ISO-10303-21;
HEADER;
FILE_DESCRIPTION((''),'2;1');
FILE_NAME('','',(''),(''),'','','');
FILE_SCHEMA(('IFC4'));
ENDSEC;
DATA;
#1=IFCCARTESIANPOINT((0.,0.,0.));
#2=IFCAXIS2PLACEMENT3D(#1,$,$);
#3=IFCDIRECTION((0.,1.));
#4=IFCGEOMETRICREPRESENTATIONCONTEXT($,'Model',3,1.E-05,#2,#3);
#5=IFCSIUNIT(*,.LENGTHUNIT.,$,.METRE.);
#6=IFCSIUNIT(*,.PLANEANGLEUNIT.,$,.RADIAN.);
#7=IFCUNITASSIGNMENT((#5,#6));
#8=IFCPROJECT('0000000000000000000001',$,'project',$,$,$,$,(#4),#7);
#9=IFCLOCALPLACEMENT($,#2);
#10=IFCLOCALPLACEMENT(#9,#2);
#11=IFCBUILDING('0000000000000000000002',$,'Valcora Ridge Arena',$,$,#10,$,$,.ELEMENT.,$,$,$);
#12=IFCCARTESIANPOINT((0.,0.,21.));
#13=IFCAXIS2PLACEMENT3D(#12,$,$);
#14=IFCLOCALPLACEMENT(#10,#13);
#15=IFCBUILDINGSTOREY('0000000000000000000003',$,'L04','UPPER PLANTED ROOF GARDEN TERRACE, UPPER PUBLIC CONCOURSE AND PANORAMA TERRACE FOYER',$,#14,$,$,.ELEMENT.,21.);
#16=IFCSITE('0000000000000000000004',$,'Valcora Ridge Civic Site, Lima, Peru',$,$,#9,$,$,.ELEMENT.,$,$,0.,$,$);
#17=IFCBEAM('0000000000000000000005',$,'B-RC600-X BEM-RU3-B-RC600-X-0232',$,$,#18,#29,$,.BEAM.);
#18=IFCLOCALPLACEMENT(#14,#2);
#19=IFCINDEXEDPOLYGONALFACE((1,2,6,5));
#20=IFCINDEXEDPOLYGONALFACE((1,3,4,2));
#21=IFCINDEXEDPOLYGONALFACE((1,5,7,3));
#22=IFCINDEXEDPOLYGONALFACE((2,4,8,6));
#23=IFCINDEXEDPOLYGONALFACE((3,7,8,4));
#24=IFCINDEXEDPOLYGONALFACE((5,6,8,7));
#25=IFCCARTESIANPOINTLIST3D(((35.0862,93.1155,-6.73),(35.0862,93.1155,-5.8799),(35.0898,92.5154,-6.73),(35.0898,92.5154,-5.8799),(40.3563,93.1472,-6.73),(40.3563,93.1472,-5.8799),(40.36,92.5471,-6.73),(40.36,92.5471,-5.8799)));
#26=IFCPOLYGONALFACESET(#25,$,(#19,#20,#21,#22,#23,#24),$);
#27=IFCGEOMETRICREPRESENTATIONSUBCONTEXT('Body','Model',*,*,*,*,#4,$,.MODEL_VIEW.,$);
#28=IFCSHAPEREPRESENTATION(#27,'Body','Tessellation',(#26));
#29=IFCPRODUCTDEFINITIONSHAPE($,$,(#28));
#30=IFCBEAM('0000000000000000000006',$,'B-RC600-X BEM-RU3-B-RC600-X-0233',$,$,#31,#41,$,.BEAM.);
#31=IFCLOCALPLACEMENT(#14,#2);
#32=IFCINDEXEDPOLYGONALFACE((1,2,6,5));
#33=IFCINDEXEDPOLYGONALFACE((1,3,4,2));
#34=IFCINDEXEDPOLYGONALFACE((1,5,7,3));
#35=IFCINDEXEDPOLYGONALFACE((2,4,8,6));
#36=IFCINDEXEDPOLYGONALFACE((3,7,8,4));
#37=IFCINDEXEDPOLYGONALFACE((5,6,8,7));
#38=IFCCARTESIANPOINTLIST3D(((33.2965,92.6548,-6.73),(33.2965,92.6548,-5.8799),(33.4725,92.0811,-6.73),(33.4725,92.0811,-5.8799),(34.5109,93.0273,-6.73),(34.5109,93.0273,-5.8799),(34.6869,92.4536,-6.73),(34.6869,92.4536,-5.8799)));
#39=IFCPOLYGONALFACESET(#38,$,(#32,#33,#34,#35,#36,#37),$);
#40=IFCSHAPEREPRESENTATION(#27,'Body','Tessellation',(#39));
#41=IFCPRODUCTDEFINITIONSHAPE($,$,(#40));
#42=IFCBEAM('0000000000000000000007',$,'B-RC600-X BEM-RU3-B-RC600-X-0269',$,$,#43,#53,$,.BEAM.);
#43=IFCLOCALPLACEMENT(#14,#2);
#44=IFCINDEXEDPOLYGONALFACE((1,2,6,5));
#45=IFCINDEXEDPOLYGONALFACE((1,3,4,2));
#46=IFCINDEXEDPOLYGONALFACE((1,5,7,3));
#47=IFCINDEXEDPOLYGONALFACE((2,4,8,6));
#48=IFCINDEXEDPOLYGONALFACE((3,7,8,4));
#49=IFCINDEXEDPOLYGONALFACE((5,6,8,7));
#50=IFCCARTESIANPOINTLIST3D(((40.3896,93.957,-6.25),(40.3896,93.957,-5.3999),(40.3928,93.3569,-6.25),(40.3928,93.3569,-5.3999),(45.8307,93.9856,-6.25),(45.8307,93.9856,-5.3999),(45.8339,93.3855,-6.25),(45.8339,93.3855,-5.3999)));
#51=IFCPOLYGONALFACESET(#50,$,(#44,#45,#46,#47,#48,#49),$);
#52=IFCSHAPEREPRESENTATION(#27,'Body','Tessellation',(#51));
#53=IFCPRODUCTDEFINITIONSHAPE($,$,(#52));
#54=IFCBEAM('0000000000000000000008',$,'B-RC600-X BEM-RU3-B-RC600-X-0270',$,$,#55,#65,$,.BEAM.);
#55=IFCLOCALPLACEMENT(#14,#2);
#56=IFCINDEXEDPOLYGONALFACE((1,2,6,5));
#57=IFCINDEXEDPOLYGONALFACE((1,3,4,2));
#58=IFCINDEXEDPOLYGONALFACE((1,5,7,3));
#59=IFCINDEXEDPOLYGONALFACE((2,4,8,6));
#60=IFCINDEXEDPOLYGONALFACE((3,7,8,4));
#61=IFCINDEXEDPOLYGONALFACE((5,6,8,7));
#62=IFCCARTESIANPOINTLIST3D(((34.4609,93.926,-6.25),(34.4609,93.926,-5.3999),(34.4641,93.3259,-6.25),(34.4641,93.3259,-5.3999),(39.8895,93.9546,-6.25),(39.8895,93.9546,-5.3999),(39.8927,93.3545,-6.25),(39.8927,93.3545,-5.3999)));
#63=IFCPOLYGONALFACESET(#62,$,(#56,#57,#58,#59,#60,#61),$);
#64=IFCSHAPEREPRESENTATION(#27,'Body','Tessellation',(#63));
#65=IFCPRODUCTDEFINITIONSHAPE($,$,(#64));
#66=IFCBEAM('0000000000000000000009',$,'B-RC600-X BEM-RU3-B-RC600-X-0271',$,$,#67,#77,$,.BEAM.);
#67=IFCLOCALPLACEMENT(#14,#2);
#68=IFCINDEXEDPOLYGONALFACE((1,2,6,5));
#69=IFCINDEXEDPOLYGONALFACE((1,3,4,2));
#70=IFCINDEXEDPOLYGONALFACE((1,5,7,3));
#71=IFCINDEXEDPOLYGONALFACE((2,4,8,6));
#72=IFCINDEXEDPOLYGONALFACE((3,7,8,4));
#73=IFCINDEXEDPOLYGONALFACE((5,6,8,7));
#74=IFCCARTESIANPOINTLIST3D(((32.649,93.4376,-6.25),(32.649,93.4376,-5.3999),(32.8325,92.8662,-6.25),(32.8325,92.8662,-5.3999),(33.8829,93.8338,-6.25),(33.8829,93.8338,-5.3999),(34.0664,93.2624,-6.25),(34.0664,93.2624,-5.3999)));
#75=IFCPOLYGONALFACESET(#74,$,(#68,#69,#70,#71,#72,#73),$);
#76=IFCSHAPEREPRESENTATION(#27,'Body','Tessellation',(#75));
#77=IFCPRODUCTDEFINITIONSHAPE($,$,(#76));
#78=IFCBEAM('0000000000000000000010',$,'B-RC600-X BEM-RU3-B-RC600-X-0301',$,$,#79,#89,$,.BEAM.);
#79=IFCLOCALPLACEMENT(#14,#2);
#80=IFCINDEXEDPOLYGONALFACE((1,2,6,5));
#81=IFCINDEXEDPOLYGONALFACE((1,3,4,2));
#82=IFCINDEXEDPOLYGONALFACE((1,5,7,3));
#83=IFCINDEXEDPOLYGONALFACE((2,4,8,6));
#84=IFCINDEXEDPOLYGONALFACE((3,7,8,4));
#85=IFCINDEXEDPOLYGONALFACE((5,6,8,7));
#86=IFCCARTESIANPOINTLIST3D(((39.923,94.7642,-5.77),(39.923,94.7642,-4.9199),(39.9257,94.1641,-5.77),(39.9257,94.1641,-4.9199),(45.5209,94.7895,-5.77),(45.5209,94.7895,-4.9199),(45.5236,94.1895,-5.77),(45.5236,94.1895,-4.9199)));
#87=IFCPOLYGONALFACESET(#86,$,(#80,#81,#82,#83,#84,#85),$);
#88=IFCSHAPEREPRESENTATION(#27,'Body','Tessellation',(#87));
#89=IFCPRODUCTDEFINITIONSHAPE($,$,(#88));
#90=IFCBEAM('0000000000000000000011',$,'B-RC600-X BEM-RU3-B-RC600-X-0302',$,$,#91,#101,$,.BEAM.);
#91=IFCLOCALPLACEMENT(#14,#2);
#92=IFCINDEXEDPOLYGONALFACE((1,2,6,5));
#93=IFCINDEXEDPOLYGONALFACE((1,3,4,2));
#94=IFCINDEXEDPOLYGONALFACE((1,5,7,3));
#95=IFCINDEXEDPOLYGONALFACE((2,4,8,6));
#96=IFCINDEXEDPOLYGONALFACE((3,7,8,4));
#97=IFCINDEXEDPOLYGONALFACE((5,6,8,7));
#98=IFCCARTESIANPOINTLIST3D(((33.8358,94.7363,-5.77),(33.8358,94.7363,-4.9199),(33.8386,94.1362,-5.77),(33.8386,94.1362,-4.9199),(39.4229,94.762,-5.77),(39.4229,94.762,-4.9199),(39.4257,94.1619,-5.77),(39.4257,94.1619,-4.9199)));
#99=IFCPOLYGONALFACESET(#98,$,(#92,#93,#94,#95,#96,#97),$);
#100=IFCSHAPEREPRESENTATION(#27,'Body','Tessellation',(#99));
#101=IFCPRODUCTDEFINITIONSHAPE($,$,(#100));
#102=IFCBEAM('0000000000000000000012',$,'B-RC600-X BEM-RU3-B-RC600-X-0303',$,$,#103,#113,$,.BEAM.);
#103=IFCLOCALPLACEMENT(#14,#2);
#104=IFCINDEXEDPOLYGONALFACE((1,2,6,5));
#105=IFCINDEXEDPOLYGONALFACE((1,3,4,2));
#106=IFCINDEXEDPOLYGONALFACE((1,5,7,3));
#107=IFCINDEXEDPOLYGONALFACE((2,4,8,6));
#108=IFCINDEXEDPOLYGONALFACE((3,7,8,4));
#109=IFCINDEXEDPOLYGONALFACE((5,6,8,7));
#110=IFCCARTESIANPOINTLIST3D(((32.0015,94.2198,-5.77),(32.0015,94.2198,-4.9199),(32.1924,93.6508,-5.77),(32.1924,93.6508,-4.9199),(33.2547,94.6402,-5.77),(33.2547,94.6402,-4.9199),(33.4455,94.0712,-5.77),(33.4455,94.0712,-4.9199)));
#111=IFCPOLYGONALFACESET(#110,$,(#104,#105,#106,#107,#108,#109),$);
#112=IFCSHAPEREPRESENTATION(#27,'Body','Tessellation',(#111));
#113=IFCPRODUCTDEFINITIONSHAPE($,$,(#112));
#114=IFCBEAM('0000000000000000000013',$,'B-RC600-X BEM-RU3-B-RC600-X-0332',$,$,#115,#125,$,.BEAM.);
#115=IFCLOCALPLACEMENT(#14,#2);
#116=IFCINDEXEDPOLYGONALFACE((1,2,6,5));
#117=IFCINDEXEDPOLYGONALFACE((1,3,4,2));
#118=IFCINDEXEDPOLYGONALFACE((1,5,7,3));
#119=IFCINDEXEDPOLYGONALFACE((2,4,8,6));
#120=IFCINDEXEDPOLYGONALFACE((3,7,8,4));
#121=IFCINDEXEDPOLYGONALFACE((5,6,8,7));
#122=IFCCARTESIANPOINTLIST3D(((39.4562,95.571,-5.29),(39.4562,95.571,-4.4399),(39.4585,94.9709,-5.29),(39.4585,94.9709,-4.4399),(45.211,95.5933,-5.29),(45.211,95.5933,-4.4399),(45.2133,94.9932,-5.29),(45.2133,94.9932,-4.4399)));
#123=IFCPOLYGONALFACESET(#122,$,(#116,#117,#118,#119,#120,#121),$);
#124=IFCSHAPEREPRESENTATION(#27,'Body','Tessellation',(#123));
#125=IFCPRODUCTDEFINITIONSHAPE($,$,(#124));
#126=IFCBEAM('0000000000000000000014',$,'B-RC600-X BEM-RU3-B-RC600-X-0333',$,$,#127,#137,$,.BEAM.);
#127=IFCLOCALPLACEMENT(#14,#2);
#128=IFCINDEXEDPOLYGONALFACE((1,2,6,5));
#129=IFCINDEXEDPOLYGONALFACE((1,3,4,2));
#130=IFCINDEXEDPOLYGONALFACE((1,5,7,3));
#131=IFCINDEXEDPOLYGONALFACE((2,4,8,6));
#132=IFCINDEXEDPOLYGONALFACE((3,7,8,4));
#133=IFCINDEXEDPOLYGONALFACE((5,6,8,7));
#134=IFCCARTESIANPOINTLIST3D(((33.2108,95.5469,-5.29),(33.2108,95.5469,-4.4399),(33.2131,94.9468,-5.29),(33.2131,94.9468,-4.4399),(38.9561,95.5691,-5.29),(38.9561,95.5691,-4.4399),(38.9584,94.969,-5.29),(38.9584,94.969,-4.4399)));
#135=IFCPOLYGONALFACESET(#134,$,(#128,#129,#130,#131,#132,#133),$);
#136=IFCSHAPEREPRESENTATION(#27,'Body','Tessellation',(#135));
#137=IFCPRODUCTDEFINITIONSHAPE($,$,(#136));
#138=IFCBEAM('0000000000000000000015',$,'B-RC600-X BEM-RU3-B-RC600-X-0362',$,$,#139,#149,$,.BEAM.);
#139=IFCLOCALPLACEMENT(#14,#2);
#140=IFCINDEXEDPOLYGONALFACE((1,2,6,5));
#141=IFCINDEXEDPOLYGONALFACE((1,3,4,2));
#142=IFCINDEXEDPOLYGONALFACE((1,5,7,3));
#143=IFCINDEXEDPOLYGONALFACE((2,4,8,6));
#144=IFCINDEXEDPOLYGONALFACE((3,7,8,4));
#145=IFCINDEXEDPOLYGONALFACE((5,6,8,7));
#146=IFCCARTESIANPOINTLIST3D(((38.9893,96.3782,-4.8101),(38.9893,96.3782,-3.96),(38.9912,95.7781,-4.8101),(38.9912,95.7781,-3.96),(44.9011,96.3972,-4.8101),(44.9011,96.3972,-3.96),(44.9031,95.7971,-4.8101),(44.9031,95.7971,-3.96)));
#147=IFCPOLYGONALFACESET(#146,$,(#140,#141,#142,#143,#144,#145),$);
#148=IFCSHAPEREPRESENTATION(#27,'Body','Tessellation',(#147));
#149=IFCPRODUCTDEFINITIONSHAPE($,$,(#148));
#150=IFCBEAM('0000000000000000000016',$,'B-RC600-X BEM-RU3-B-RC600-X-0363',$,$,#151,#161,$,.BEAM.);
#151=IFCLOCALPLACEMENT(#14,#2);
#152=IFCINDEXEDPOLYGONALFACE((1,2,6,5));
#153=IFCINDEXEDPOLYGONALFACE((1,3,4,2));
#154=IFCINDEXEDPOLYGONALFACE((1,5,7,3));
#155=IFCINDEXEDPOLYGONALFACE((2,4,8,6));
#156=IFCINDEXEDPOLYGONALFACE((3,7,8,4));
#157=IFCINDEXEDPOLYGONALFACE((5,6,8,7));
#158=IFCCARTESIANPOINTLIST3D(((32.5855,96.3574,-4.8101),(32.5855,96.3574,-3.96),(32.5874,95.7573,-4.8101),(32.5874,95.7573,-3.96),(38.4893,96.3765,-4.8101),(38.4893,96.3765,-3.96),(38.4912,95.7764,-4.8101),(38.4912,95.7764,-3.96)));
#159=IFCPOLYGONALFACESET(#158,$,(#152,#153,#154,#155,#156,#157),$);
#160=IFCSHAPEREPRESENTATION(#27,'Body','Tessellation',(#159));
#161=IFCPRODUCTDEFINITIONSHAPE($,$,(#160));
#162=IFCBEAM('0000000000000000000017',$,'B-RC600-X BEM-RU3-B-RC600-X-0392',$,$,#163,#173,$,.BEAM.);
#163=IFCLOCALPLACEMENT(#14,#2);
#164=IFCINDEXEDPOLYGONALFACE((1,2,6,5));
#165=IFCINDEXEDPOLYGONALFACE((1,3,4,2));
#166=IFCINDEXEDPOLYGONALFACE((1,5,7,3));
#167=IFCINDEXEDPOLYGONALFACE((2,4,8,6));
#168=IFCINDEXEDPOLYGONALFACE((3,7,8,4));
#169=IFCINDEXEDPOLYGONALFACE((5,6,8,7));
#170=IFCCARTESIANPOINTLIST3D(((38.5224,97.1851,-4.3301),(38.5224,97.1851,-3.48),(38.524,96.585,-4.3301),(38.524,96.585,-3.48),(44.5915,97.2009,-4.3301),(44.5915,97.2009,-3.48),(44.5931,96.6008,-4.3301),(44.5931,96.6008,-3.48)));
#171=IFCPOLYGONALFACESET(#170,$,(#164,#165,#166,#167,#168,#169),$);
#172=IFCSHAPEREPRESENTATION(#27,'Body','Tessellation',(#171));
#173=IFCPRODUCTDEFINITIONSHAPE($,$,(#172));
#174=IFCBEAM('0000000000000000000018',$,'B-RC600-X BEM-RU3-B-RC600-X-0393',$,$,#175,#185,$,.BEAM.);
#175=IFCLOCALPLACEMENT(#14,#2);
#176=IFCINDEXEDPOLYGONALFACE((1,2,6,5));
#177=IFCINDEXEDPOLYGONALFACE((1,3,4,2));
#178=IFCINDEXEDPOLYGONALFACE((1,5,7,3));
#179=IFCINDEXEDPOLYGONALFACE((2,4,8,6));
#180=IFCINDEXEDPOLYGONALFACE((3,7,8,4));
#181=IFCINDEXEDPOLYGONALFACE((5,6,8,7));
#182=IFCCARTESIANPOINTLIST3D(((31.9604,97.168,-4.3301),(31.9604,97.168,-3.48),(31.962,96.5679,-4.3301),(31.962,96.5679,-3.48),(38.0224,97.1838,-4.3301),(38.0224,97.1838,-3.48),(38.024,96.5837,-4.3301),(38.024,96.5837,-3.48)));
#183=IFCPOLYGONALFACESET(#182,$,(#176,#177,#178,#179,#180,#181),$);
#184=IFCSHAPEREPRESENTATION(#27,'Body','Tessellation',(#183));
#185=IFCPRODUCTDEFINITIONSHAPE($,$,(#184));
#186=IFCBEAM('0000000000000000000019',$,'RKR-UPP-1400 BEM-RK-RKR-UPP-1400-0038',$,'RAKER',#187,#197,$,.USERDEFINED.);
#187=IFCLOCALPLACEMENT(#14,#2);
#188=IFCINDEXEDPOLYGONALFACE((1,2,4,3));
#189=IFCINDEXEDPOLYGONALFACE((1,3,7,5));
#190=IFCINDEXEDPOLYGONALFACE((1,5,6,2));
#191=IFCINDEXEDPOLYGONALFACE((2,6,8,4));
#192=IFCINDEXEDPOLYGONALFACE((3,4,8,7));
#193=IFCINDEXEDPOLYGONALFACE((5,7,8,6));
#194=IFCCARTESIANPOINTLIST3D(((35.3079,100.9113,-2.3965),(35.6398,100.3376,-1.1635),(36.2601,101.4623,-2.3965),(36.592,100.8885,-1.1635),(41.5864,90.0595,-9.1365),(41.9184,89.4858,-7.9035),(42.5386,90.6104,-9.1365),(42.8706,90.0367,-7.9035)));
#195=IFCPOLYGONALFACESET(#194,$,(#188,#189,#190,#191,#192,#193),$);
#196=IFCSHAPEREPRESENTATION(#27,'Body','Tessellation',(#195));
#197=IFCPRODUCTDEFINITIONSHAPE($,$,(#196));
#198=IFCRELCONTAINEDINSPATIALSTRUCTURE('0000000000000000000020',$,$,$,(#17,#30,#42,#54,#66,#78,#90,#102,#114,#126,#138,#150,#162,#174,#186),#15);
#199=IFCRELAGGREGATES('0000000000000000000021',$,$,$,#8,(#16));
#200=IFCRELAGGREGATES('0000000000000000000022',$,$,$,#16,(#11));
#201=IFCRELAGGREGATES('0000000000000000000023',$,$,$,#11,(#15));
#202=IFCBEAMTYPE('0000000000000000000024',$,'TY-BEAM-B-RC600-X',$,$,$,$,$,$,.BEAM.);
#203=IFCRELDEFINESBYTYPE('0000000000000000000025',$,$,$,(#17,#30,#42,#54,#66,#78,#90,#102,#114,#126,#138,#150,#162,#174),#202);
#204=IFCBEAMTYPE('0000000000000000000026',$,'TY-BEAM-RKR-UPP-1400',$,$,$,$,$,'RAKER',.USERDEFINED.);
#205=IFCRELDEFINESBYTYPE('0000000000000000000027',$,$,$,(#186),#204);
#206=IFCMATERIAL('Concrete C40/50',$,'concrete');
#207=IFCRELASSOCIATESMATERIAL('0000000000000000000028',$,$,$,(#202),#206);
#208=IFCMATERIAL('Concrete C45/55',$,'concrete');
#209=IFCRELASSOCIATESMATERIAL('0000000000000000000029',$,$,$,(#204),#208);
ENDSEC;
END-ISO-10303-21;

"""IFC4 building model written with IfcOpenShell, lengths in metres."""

from ifc_helpers import new_model, si_unit, direction, frame, origin, origin_2d, place, context, subcontext, project, spatial, rectangle, extrude, material, material_profile, profile_set, type_object, element, save


model = new_model("IFC4")

# Units and contexts
model_context = context("Model", 3, precision=1e-05, world=origin(), true_north=direction((0.0, 1.0)))
body_context = subcontext(model_context, "Body", "Model", "MODEL_VIEW")
ifc_project = project(units=[si_unit("LENGTHUNIT", "METRE"), si_unit("PLANEANGLEUNIT", "RADIAN")], contexts=[model_context])

# Site, building, storey
site_placement = place(None, origin())
site = spatial("IfcSite", under=ifc_project, at=site_placement, Name="Valcora Ridge Civic Site, Lima, Peru", CompositionType="ELEMENT", RefElevation=0.0)
building_placement = place(site_placement, origin())
building = spatial("IfcBuilding", under=site, at=building_placement, Name="Valcora Ridge Arena", CompositionType="ELEMENT")
storey_placement = place(building_placement, frame((0.0, 0.0, 21.0)))
storey = spatial("IfcBuildingStorey", under=building, at=storey_placement, Name="L04", Description="UPPER PLANTED ROOF GARDEN TERRACE, UPPER PUBLIC CONCOURSE AND PANORAMA TERRACE FOYER", CompositionType="ELEMENT", Elevation=21.0)

# Beams
ifc_material_1 = material(Name="Concrete C40/50", Category="concrete")
ifc_material_profile_1 = material_profile(ifc_material_1, rectangle(XDim=0.6001, YDim=0.8501, at=origin_2d()), Name="RC 600x850")
ifc_profile_set_1 = profile_set([ifc_material_profile_1], Name="Concrete C40/50")
beam_type_1 = type_object("IfcBeamType", Name="TY-BEAM-B-RC600-X", PredefinedType="BEAM", material=ifc_profile_set_1)
beam_1_placement = place(storey_placement, frame((40.3582, 92.8472, -6.3049), z_axis=(-0.999982, -0.006022, 0.0), x_axis=(0.006022, -0.999982, 0.0)))
element("IfcBeam", 1, at=beam_1_placement, inside=storey, type_object=beam_type_1, Name="B-RC600-X BEM-RU3-B-RC600-X-0232", PredefinedType="BEAM", context=body_context, shape_type="SweptSolid", body=[
    extrude(rectangle(XDim=0.6001, YDim=0.8501, at=origin_2d()), origin(), (0.0, 0.0, 1.0), 5.2703),
])
beam_2_placement = place(storey_placement, frame((34.5989, 92.7405, -6.3049), z_axis=(-0.95602, -0.293302, 0.0), x_axis=(0.293302, -0.95602, 0.0)))
element("IfcBeam", 2, at=beam_2_placement, inside=storey, type_object=beam_type_1, Name="B-RC600-X BEM-RU3-B-RC600-X-0233", PredefinedType="BEAM", context=body_context, shape_type="SweptSolid", body=[
    extrude(rectangle(XDim=0.6001, YDim=0.8501, at=origin_2d()), origin(), (0.0, 0.0, 1.0), 1.2703),
])
beam_3_placement = place(storey_placement, frame((45.8323, 93.6855, -5.825), z_axis=(-0.999986, -0.00525, 0.0), x_axis=(0.00525, -0.999986, 0.0)))
element("IfcBeam", 3, at=beam_3_placement, inside=storey, type_object=beam_type_1, Name="B-RC600-X BEM-RU3-B-RC600-X-0269", PredefinedType="BEAM", context=body_context, shape_type="SweptSolid", body=[
    extrude(rectangle(XDim=0.6001, YDim=0.8501, at=origin_2d()), origin(), (0.0, 0.0, 1.0), 5.4412),
])
beam_4_placement = place(storey_placement, frame((39.8911, 93.6545, -5.825), z_axis=(-0.999986, -0.005262, 0.0), x_axis=(0.005262, -0.999986, 0.0)))
element("IfcBeam", 4, at=beam_4_placement, inside=storey, type_object=beam_type_1, Name="B-RC600-X BEM-RU3-B-RC600-X-0270", PredefinedType="BEAM", context=body_context, shape_type="SweptSolid", body=[
    extrude(rectangle(XDim=0.6001, YDim=0.8501, at=origin_2d()), origin(), (0.0, 0.0, 1.0), 5.4287),
])
beam_5_placement = place(storey_placement, frame((33.9746, 93.5481, -5.825), z_axis=(-0.952111, -0.305753, 0.0), x_axis=(0.305753, -0.952111, 0.0)))
element("IfcBeam", 5, at=beam_5_placement, inside=storey, type_object=beam_type_1, Name="B-RC600-X BEM-RU3-B-RC600-X-0271", PredefinedType="BEAM", context=body_context, shape_type="SweptSolid", body=[
    extrude(rectangle(XDim=0.6001, YDim=0.8501, at=origin_2d()), origin(), (0.0, 0.0, 1.0), 1.2959),
])
beam_6_placement = place(storey_placement, frame((45.5222, 94.4895, -5.345), z_axis=(-0.99999, -0.004536, 0.0), x_axis=(0.004536, -0.99999, 0.0)))
element("IfcBeam", 6, at=beam_6_placement, inside=storey, type_object=beam_type_1, Name="B-RC600-X BEM-RU3-B-RC600-X-0301", PredefinedType="BEAM", context=body_context, shape_type="SweptSolid", body=[
    extrude(rectangle(XDim=0.6001, YDim=0.8501, at=origin_2d()), origin(), (0.0, 0.0, 1.0), 5.5979),
])
beam_7_placement = place(storey_placement, frame((39.4243, 94.4619, -5.345), z_axis=(-0.999989, -0.004588, 0.0), x_axis=(0.004588, -0.999989, 0.0)))
element("IfcBeam", 7, at=beam_7_placement, inside=storey, type_object=beam_type_1, Name="B-RC600-X BEM-RU3-B-RC600-X-0302", PredefinedType="BEAM", context=body_context, shape_type="SweptSolid", body=[
    extrude(rectangle(XDim=0.6001, YDim=0.8501, at=origin_2d()), origin(), (0.0, 0.0, 1.0), 5.5872),
])
beam_8_placement = place(storey_placement, frame((33.3501, 94.3557, -5.345), z_axis=(-0.948072, -0.318056, 0.0), x_axis=(0.318056, -0.948072, 0.0)))
element("IfcBeam", 8, at=beam_8_placement, inside=storey, type_object=beam_type_1, Name="B-RC600-X BEM-RU3-B-RC600-X-0303", PredefinedType="BEAM", context=body_context, shape_type="SweptSolid", body=[
    extrude(rectangle(XDim=0.6001, YDim=0.8501, at=origin_2d()), origin(), (0.0, 0.0, 1.0), 1.3218),
])
beam_9_placement = place(storey_placement, frame((45.2122, 95.2932, -4.865), z_axis=(-0.999993, -0.00386, 0.0), x_axis=(0.00386, -0.999993, 0.0)))
element("IfcBeam", 9, at=beam_9_placement, inside=storey, type_object=beam_type_1, Name="B-RC600-X BEM-RU3-B-RC600-X-0332", PredefinedType="BEAM", context=body_context, shape_type="SweptSolid", body=[
    extrude(rectangle(XDim=0.6001, YDim=0.8501, at=origin_2d()), origin(), (0.0, 0.0, 1.0), 5.7549),
])
beam_10_placement = place(storey_placement, frame((38.9573, 95.269, -4.865), z_axis=(-0.999993, -0.003867, 0.0), x_axis=(0.003867, -0.999993, 0.0)))
element("IfcBeam", 10, at=beam_10_placement, inside=storey, type_object=beam_type_1, Name="B-RC600-X BEM-RU3-B-RC600-X-0333", PredefinedType="BEAM", context=body_context, shape_type="SweptSolid", body=[
    extrude(rectangle(XDim=0.6001, YDim=0.8501, at=origin_2d()), origin(), (0.0, 0.0, 1.0), 5.7454),
])
beam_11_placement = place(storey_placement, frame((44.9021, 96.0972, -4.385), z_axis=(-0.999995, -0.003221, 0.0), x_axis=(0.003221, -0.999995, 0.0)))
element("IfcBeam", 11, at=beam_11_placement, inside=storey, type_object=beam_type_1, Name="B-RC600-X BEM-RU3-B-RC600-X-0362", PredefinedType="BEAM", context=body_context, shape_type="SweptSolid", body=[
    extrude(rectangle(XDim=0.6001, YDim=0.8501, at=origin_2d()), origin(), (0.0, 0.0, 1.0), 5.9119),
])
beam_12_placement = place(storey_placement, frame((38.4902, 96.0764, -4.385), z_axis=(-0.999995, -0.003226, 0.0), x_axis=(0.003226, -0.999995, 0.0)))
element("IfcBeam", 12, at=beam_12_placement, inside=storey, type_object=beam_type_1, Name="B-RC600-X BEM-RU3-B-RC600-X-0363", PredefinedType="BEAM", context=body_context, shape_type="SweptSolid", body=[
    extrude(rectangle(XDim=0.6001, YDim=0.8501, at=origin_2d()), origin(), (0.0, 0.0, 1.0), 5.9038),
])
beam_13_placement = place(storey_placement, frame((44.5923, 96.9009, -3.905), z_axis=(-0.999997, -0.002615, 0.0), x_axis=(0.002615, -0.999997, 0.0)))
element("IfcBeam", 13, at=beam_13_placement, inside=storey, type_object=beam_type_1, Name="B-RC600-X BEM-RU3-B-RC600-X-0392", PredefinedType="BEAM", context=body_context, shape_type="SweptSolid", body=[
    extrude(rectangle(XDim=0.6001, YDim=0.8501, at=origin_2d()), origin(), (0.0, 0.0, 1.0), 6.0691),
])
beam_14_placement = place(storey_placement, frame((38.0232, 96.8838, -3.905), z_axis=(-0.999997, -0.002618, 0.0), x_axis=(0.002618, -0.999997, 0.0)))
element("IfcBeam", 14, at=beam_14_placement, inside=storey, type_object=beam_type_1, Name="B-RC600-X BEM-RU3-B-RC600-X-0393", PredefinedType="BEAM", context=body_context, shape_type="SweptSolid", body=[
    extrude(rectangle(XDim=0.6001, YDim=0.8501, at=origin_2d()), origin(), (0.0, 0.0, 1.0), 6.062),
])
ifc_material_2 = material(Name="Concrete C45/55", Category="concrete")
ifc_material_profile_2 = material_profile(ifc_material_2, rectangle(XDim=1.1001, YDim=1.3999, at=origin_2d()), Name="RC 1100x1400")
ifc_profile_set_2 = profile_set([ifc_material_profile_2], Name="Concrete C45/55")
beam_type_2 = type_object("IfcBeamType", Name="TY-BEAM-RKR-UPP-1400", ElementType="RAKER", PredefinedType="USERDEFINED", material=ifc_profile_set_2)
beam_15_placement = place(storey_placement, frame((42.2285, 90.0481, -8.52), z_axis=(-0.441093, 0.762381, 0.47351), x_axis=(-0.865567, -0.500794, 0.0)))
element("IfcBeam", 15, at=beam_15_placement, inside=storey, type_object=beam_type_2, Name="RKR-UPP-1400 BEM-RK-RKR-UPP-1400-0038", ObjectType="RAKER", PredefinedType="USERDEFINED", context=body_context, shape_type="SweptSolid", body=[
    extrude(rectangle(XDim=1.1001, YDim=1.3999, at=origin_2d()), origin(), (0.0, 0.0, 1.0), 14.2341),
])

save(model, "model.ifc")
